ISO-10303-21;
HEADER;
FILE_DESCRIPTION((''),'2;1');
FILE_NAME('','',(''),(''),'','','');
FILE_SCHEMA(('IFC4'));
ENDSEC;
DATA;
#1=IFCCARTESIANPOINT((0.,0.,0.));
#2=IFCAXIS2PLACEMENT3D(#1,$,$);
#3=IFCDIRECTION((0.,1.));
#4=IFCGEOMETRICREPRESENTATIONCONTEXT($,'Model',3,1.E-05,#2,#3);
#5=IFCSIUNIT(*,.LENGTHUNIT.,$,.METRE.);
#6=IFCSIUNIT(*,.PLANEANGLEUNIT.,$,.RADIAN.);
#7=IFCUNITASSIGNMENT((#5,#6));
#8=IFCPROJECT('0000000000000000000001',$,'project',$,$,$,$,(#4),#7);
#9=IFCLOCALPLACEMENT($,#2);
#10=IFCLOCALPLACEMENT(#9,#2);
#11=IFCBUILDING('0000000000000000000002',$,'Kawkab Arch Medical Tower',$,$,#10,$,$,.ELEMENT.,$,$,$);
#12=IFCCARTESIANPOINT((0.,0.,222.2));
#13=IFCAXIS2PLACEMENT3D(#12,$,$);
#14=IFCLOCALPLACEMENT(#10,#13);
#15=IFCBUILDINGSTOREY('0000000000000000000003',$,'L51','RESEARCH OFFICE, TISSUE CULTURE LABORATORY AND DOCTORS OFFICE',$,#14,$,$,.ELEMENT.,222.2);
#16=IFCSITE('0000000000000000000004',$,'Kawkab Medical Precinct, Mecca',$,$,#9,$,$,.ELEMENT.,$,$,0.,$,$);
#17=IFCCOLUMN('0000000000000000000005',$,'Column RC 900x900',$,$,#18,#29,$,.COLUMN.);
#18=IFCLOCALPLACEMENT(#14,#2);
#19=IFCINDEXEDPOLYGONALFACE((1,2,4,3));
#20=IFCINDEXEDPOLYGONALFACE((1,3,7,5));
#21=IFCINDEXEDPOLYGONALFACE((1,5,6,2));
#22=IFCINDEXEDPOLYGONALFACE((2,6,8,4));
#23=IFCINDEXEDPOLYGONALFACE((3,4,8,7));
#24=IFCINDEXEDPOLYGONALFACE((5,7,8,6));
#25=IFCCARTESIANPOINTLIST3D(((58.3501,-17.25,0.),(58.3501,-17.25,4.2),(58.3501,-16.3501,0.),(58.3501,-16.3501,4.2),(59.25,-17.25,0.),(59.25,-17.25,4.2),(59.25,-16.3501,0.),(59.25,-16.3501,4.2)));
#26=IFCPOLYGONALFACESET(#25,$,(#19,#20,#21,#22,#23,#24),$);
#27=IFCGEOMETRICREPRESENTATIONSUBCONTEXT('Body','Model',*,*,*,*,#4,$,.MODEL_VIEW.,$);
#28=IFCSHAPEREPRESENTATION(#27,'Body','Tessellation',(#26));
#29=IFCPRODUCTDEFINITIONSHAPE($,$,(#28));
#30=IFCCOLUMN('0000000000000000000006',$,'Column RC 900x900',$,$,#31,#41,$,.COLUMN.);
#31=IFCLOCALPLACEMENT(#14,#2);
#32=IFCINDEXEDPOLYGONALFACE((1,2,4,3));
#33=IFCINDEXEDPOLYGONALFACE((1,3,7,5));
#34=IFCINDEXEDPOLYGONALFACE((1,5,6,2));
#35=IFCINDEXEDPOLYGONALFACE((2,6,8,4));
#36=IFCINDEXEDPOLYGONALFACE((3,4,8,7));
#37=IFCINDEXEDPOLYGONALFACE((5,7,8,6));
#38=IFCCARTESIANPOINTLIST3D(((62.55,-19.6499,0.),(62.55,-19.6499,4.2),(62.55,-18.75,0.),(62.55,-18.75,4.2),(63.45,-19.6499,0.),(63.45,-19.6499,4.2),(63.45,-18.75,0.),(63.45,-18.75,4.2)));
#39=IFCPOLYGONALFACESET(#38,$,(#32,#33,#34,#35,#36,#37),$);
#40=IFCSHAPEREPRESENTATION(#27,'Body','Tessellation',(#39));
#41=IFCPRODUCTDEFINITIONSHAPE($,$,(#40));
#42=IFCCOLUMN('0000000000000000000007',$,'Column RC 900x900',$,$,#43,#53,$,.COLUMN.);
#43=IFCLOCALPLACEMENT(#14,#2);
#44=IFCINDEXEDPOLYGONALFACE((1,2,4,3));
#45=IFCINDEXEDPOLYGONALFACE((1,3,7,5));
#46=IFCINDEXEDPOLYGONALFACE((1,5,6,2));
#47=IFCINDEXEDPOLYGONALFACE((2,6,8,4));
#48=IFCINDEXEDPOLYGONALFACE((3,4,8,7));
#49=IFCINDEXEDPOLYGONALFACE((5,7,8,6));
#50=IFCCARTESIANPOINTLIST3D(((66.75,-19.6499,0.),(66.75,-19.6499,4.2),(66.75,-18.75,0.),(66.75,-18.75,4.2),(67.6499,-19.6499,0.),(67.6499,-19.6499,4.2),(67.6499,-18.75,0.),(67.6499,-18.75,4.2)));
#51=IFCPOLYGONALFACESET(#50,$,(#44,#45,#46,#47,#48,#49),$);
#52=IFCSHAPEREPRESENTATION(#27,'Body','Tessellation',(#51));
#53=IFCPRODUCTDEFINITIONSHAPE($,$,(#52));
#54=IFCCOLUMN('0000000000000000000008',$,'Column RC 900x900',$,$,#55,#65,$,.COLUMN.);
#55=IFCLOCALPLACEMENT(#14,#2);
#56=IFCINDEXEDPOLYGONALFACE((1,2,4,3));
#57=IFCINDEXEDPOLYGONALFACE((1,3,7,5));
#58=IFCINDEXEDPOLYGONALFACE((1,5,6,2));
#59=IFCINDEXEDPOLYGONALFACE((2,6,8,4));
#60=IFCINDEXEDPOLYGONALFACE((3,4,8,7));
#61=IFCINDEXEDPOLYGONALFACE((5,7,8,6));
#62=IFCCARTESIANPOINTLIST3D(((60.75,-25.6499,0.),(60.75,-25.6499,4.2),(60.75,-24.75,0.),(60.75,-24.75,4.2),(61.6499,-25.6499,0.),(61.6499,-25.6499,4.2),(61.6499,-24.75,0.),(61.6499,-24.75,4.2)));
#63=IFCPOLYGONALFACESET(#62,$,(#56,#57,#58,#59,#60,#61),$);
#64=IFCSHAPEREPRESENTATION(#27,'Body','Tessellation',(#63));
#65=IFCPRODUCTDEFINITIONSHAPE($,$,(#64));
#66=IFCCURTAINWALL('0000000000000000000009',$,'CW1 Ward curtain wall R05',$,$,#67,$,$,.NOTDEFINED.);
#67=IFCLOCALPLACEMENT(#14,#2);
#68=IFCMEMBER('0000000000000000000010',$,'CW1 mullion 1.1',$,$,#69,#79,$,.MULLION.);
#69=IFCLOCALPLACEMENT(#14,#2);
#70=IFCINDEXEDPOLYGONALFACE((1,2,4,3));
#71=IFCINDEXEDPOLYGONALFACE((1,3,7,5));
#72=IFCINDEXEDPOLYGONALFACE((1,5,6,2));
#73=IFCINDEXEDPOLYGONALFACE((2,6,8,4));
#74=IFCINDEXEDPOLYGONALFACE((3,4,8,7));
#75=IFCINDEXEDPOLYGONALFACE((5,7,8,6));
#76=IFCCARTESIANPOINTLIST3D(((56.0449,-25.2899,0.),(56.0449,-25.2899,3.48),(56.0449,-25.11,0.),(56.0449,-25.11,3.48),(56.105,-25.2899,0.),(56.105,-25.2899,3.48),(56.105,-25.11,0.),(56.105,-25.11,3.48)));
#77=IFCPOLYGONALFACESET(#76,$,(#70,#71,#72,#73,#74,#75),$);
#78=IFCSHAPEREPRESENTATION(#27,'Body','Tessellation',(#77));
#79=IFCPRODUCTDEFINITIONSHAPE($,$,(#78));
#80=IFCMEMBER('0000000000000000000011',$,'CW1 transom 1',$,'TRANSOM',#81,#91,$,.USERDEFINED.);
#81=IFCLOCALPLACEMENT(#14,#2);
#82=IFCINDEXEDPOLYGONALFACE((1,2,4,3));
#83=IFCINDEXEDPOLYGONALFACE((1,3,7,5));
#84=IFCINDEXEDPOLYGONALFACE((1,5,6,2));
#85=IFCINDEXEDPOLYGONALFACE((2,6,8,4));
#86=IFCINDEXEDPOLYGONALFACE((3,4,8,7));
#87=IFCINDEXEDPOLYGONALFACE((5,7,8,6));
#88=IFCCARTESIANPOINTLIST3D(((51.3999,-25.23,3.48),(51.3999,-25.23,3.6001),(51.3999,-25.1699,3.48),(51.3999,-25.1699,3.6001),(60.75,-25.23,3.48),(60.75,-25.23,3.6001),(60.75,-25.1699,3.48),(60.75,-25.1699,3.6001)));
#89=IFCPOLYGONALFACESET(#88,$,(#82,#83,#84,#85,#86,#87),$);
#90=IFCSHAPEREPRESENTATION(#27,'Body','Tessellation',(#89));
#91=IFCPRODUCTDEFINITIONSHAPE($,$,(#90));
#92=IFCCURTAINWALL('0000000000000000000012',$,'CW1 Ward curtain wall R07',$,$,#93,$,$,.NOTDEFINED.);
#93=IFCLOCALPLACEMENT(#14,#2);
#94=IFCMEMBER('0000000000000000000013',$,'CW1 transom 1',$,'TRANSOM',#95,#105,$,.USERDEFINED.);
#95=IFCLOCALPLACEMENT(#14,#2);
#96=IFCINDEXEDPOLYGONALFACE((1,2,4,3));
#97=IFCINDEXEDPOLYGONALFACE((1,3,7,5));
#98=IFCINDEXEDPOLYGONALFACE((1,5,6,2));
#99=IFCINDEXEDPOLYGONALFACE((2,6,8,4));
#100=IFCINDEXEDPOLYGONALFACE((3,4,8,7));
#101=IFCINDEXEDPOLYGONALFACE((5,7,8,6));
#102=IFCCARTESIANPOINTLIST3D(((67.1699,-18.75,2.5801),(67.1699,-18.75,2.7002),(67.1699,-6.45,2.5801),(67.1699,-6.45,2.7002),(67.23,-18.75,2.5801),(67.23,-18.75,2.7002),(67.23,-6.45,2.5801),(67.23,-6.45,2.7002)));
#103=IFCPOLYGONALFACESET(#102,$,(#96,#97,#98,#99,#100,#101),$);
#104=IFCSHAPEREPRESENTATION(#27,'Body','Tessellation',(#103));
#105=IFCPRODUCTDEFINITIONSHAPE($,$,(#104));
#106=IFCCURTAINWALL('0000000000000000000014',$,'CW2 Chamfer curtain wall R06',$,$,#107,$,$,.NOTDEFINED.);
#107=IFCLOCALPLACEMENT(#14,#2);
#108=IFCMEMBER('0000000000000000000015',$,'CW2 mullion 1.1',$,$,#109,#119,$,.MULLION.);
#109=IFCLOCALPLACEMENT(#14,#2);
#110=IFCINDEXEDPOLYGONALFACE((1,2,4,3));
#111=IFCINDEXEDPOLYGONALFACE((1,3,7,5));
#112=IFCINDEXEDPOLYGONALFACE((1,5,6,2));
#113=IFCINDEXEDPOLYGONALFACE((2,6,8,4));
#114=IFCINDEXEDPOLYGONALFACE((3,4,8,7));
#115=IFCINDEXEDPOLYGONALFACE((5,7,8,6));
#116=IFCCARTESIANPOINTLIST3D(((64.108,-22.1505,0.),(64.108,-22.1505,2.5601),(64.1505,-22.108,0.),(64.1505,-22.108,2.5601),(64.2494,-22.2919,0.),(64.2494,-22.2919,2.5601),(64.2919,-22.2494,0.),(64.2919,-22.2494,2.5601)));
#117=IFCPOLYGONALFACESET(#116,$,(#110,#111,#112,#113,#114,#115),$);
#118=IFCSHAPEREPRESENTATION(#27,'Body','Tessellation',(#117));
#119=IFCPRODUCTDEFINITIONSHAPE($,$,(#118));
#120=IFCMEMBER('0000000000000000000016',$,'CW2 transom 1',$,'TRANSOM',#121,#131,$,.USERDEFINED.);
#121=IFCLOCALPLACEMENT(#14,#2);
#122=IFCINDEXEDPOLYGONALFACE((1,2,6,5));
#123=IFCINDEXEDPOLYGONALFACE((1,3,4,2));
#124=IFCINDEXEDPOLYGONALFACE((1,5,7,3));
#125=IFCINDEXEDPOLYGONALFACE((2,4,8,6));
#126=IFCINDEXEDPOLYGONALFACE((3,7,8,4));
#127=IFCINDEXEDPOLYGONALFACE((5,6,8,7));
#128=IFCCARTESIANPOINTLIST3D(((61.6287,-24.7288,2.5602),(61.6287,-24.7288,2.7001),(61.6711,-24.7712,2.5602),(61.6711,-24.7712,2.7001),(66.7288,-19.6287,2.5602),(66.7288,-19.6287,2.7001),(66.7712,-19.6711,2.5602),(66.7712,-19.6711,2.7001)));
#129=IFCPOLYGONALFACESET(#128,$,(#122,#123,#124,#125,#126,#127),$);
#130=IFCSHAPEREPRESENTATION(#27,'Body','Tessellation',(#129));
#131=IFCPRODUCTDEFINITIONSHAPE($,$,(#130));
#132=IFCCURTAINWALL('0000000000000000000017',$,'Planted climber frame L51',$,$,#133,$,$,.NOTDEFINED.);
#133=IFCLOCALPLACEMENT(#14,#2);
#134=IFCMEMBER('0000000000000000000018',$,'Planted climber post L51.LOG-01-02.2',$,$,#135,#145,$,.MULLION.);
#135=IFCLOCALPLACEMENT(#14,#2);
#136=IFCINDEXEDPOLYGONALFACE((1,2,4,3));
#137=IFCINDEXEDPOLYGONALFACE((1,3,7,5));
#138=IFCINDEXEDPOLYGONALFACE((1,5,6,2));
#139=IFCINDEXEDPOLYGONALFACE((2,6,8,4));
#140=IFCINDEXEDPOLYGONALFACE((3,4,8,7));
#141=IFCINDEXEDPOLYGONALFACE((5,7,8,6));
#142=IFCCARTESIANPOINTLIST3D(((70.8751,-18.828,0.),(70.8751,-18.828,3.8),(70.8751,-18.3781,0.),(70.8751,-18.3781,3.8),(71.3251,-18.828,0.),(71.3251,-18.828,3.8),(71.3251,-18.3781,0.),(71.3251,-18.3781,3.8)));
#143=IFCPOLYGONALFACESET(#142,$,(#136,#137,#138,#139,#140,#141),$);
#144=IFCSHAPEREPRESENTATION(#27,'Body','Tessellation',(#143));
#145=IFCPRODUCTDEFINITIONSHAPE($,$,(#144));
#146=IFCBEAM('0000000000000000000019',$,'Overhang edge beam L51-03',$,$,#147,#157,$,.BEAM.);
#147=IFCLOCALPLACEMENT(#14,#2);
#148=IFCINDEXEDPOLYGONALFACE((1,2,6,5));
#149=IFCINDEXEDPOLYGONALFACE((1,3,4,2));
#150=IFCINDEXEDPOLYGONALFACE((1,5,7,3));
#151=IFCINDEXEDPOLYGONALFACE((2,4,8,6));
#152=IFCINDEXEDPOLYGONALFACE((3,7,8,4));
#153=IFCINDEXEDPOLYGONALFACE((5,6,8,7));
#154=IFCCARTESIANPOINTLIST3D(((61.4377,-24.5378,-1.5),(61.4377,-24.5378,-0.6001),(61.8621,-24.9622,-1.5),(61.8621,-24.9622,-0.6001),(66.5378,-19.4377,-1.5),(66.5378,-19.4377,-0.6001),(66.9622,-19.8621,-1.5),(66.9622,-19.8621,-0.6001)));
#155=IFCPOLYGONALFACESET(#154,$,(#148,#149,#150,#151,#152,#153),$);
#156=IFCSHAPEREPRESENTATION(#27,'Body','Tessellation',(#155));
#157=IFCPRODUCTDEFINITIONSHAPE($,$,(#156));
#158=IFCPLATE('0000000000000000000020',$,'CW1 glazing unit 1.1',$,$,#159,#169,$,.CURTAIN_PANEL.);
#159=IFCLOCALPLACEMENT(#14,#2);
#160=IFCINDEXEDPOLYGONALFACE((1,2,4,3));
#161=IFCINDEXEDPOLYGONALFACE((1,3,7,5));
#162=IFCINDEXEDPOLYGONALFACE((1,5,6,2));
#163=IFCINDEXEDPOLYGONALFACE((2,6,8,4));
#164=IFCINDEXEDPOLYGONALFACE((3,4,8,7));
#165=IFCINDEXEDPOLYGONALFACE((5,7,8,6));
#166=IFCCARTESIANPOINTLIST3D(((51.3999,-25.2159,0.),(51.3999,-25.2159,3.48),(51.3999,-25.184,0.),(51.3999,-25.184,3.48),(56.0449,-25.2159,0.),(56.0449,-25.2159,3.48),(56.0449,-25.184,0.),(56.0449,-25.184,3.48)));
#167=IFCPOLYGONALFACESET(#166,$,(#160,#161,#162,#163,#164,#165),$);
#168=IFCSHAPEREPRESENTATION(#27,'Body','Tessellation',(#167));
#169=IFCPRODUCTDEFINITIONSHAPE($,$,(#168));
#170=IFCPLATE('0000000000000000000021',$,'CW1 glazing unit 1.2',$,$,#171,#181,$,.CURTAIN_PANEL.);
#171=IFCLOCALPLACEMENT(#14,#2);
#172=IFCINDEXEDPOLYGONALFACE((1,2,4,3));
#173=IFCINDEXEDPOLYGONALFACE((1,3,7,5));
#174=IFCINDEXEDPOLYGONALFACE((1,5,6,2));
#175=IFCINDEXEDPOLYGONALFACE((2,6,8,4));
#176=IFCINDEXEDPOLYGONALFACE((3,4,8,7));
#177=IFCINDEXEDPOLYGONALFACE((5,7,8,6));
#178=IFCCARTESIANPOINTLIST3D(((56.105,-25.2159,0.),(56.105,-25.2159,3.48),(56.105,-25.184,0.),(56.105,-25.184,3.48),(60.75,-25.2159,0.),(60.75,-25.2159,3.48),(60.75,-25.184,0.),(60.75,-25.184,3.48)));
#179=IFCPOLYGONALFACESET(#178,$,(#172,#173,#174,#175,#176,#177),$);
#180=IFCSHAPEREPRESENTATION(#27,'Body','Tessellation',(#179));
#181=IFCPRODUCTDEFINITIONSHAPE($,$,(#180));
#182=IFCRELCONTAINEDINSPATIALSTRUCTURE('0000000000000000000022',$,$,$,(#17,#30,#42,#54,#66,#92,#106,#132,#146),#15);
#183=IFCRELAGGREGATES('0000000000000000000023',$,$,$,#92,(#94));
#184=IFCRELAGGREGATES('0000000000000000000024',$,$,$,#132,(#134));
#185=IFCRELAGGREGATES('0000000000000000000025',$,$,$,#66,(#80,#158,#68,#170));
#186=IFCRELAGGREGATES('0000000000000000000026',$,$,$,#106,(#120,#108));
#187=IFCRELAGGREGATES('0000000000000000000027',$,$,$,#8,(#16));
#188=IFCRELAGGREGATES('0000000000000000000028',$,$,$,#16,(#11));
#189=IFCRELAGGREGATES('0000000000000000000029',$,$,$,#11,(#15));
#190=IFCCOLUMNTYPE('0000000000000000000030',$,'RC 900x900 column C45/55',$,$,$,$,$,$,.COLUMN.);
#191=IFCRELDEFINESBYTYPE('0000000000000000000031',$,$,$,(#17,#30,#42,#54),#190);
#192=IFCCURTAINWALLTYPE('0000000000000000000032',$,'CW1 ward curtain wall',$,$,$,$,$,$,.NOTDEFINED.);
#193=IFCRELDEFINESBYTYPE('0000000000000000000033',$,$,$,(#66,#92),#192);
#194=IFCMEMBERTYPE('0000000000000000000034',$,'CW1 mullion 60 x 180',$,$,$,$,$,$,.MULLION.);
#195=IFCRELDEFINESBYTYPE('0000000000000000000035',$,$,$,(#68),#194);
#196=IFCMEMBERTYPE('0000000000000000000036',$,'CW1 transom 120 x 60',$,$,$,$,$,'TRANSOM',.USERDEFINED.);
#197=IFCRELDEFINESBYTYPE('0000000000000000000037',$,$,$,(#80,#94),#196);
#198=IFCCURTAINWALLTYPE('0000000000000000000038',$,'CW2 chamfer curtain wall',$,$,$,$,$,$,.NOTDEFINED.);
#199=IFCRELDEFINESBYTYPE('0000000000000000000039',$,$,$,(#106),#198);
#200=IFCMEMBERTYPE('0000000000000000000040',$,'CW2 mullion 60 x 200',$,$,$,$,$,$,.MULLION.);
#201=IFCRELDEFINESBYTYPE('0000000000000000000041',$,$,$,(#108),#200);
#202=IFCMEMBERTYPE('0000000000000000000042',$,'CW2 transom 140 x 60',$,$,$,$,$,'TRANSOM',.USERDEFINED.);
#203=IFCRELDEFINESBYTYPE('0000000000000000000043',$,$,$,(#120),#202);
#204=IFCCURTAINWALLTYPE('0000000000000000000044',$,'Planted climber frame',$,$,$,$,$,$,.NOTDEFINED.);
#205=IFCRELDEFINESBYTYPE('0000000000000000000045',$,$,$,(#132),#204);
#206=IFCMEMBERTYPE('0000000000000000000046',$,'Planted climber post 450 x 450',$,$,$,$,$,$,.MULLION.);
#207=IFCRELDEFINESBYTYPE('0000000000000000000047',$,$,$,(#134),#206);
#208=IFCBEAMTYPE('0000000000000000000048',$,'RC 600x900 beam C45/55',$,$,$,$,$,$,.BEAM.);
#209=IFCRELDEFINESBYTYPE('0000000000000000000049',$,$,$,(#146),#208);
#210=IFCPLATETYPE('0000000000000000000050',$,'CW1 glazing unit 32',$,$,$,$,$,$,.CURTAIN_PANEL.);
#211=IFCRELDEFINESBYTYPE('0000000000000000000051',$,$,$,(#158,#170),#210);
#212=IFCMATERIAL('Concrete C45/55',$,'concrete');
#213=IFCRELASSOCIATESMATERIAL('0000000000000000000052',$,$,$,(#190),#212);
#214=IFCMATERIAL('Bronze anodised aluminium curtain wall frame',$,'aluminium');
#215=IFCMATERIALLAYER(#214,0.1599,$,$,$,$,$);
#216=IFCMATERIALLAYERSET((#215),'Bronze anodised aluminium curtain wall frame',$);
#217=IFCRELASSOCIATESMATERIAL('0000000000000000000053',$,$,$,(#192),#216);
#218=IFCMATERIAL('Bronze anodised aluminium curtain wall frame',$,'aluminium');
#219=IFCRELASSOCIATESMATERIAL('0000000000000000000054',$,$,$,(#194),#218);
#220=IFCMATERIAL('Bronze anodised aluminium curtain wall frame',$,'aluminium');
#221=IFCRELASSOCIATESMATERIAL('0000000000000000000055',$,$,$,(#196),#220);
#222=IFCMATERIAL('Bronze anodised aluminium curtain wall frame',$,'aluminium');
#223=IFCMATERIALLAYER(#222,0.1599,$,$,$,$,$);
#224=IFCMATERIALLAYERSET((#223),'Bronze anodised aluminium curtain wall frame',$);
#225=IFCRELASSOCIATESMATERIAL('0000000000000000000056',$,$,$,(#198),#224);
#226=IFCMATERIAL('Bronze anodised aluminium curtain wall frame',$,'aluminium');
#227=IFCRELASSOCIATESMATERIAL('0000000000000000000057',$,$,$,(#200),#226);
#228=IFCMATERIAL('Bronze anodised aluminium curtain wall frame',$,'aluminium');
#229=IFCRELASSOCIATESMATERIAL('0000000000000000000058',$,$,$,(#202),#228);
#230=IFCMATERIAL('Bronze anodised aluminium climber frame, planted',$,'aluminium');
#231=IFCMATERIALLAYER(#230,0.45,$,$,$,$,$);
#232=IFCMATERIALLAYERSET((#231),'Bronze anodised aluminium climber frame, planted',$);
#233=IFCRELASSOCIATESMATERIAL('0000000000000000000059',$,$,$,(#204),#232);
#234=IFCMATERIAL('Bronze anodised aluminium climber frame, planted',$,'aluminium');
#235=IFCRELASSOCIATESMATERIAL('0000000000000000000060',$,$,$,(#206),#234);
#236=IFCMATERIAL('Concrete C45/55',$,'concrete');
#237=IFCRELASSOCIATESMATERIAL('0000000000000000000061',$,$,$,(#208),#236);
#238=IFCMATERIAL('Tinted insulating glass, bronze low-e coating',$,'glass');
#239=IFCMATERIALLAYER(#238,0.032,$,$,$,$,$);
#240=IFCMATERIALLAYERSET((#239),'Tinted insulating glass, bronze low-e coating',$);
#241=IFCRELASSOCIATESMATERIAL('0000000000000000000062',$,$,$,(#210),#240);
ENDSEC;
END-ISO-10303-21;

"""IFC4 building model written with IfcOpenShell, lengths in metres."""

from ifc_helpers import new_model, si_unit, direction, frame, origin, origin_2d, place, context, subcontext, project, spatial, rectangle, extrude, material, layer, layer_set, material_profile, profile_set, type_object, element, aggregate, save


model = new_model("IFC4")

# Units and contexts
model_context = context("Model", 3, precision=1e-05, world=origin(), true_north=direction((0.0, 1.0)))
body_context = subcontext(model_context, "Body", "Model", "MODEL_VIEW")
ifc_project = project(units=[si_unit("LENGTHUNIT", "METRE"), si_unit("PLANEANGLEUNIT", "RADIAN")], contexts=[model_context])

# Site, building, storey
site_placement = place(None, origin())
site = spatial("IfcSite", under=ifc_project, at=site_placement, Name="Kawkab Medical Precinct, Mecca", CompositionType="ELEMENT", RefElevation=0.0)
building_placement = place(site_placement, origin())
building = spatial("IfcBuilding", under=site, at=building_placement, Name="Kawkab Arch Medical Tower", CompositionType="ELEMENT")
storey_placement = place(building_placement, frame((0.0, 0.0, 222.2)))
storey = spatial("IfcBuildingStorey", under=building, at=storey_placement, Name="L51", Description="RESEARCH OFFICE, TISSUE CULTURE LABORATORY AND DOCTORS OFFICE", CompositionType="ELEMENT", Elevation=222.2)

# Columns
ifc_material_1 = material(Name="Concrete C45/55", Category="concrete")
ifc_material_profile_1 = material_profile(ifc_material_1, rectangle(XDim=0.8999, YDim=0.8999, at=origin_2d()), Name="RC 900x900")
ifc_profile_set_1 = profile_set([ifc_material_profile_1], Name="Concrete C45/55")
column_type = type_object("IfcColumnType", Name="RC 900x900 column C45/55", PredefinedType="COLUMN", material=ifc_profile_set_1)
for number, where, z_axis, x_axis, name in (
    (1, (58.8, -16.8, 0.0), (0.0, 0.0, 1.0), (1.0, 0.0, 0.0), "Column RC 900x900"),
    (2, (63.0, -19.2, 0.0), (0.0, 0.0, 1.0), (1.0, 0.0, 0.0), "Column RC 900x900"),
    (3, (67.2, -19.2, 0.0), (0.0, 0.0, 1.0), (1.0, 0.0, 0.0), "Column RC 900x900"),
    (4, (61.2, -25.2, 0.0), (0.0, 0.0, 1.0), (1.0, 0.0, 0.0), "Column RC 900x900"),
):
    element("IfcColumn", number, at=place(storey_placement, frame(where, z_axis=z_axis, x_axis=x_axis)), inside=storey, type_object=column_type, Name=name, PredefinedType="COLUMN", context=body_context, shape_type="SweptSolid", body=[
        extrude(rectangle(XDim=0.8999, YDim=0.8999, at=origin_2d()), origin(), (0.0, 0.0, 1.0), 4.2),
    ])

# Curtain wall, members
ifc_material_2 = material(Name="Bronze anodised aluminium curtain wall frame", Category="aluminium")
ifc_layer_1 = layer(ifc_material_2, 0.1599)
ifc_layer_set_1 = layer_set([ifc_layer_1], Name="Bronze anodised aluminium curtain wall frame")
curtain_wall_type_1 = type_object("IfcCurtainWallType", Name="CW1 ward curtain wall", PredefinedType="NOTDEFINED", material=ifc_layer_set_1)
placement = place(storey_placement, origin())
curtain_wall_1 = element("IfcCurtainWall", 5, at=placement, inside=storey, type_object=curtain_wall_type_1, Name="CW1 Ward curtain wall R05", PredefinedType="NOTDEFINED")
ifc_material_3 = material(Name="Bronze anodised aluminium curtain wall frame", Category="aluminium")
ifc_material_profile_2 = material_profile(ifc_material_3, rectangle(XDim=0.1799, YDim=0.0601, at=origin_2d()), Name="AL 60x180")
ifc_profile_set_2 = profile_set([ifc_material_profile_2], Name="Bronze anodised aluminium curtain wall frame")
member_type_1 = type_object("IfcMemberType", Name="CW1 mullion 60 x 180", PredefinedType="MULLION", material=ifc_profile_set_2)
member_1_placement = place(storey_placement, frame((56.075, -25.2, 0.0), z_axis=(0.0, 0.0, 1.0), x_axis=(0.0, 1.0, 0.0)))
member_1 = element("IfcMember", 6, at=member_1_placement, type_object=member_type_1, Name="CW1 mullion 1.1", PredefinedType="MULLION", context=body_context, shape_type="SweptSolid", body=[
    extrude(rectangle(XDim=0.1799, YDim=0.0601, at=origin_2d()), origin(), (0.0, 0.0, 1.0), 3.48),
])
ifc_material_4 = material(Name="Bronze anodised aluminium curtain wall frame", Category="aluminium")
ifc_material_profile_3 = material_profile(ifc_material_4, rectangle(XDim=0.0601, YDim=0.1201, at=origin_2d()), Name="AL 60x120")
ifc_profile_set_3 = profile_set([ifc_material_profile_3], Name="Bronze anodised aluminium curtain wall frame")
member_type_2 = type_object("IfcMemberType", Name="CW1 transom 120 x 60", ElementType="TRANSOM", PredefinedType="USERDEFINED", material=ifc_profile_set_3)
member_2_placement = place(storey_placement, frame((51.3999, -25.2, 3.54), z_axis=(1.0, 0.0, 0.0), x_axis=(0.0, 1.0, 0.0)))
member_2 = element("IfcMember", 7, at=member_2_placement, type_object=member_type_2, Name="CW1 transom 1", ObjectType="TRANSOM", PredefinedType="USERDEFINED", context=body_context, shape_type="SweptSolid", body=[
    extrude(rectangle(XDim=0.0601, YDim=0.1201, at=origin_2d()), origin(), (0.0, 0.0, 1.0), 9.3501),
])

# Curtain wall, member
curtain_wall_2 = element("IfcCurtainWall", 8, at=placement, inside=storey, type_object=curtain_wall_type_1, Name="CW1 Ward curtain wall R07", PredefinedType="NOTDEFINED")
member_3_placement = place(storey_placement, frame((67.2, -18.75, 2.6401), z_axis=(0.0, 1.0, 0.0), x_axis=(-1.0, 0.0, 0.0)))
member_3 = element("IfcMember", 9, at=member_3_placement, type_object=member_type_2, Name="CW1 transom 1", ObjectType="TRANSOM", PredefinedType="USERDEFINED", context=body_context, shape_type="SweptSolid", body=[
    extrude(rectangle(XDim=0.0601, YDim=0.1201, at=origin_2d()), origin(), (0.0, 0.0, 1.0), 12.3),
])
aggregate(curtain_wall_2, [member_3])

# Curtain wall, members
ifc_material_5 = material(Name="Bronze anodised aluminium curtain wall frame", Category="aluminium")
ifc_layer_2 = layer(ifc_material_5, 0.1599)
ifc_layer_set_2 = layer_set([ifc_layer_2], Name="Bronze anodised aluminium curtain wall frame")
curtain_wall_type_2 = type_object("IfcCurtainWallType", Name="CW2 chamfer curtain wall", PredefinedType="NOTDEFINED", material=ifc_layer_set_2)
curtain_wall_3 = element("IfcCurtainWall", 10, at=placement, inside=storey, type_object=curtain_wall_type_2, Name="CW2 Chamfer curtain wall R06", PredefinedType="NOTDEFINED")
ifc_material_6 = material(Name="Bronze anodised aluminium curtain wall frame", Category="aluminium")
ifc_material_profile_4 = material_profile(ifc_material_6, rectangle(XDim=0.2, YDim=0.0601, at=origin_2d()), Name="AL 60x200")
ifc_profile_set_4 = profile_set([ifc_material_profile_4], Name="Bronze anodised aluminium curtain wall frame")
member_type_3 = type_object("IfcMemberType", Name="CW2 mullion 60 x 200", PredefinedType="MULLION", material=ifc_profile_set_4)
member_4_placement = place(storey_placement, frame((64.2, -22.2, 0.0), z_axis=(0.0, 0.0, 1.0), x_axis=(-0.707107, 0.707107, 0.0)))
member_4 = element("IfcMember", 11, at=member_4_placement, type_object=member_type_3, Name="CW2 mullion 1.1", PredefinedType="MULLION", context=body_context, shape_type="SweptSolid", body=[
    extrude(rectangle(XDim=0.2, YDim=0.0601, at=origin_2d()), origin(), (0.0, 0.0, 1.0), 2.5601),
])
ifc_material_7 = material(Name="Bronze anodised aluminium curtain wall frame", Category="aluminium")
ifc_material_profile_5 = material_profile(ifc_material_7, rectangle(XDim=0.0601, YDim=0.1399, at=origin_2d()), Name="AL 60x140")
ifc_profile_set_5 = profile_set([ifc_material_profile_5], Name="Bronze anodised aluminium curtain wall frame")
member_type_4 = type_object("IfcMemberType", Name="CW2 transom 140 x 60", ElementType="TRANSOM", PredefinedType="USERDEFINED", material=ifc_profile_set_5)
member_5_placement = place(storey_placement, frame((61.6499, -24.75, 2.6301), z_axis=(0.707107, 0.707107, 0.0), x_axis=(-0.707107, 0.707107, 0.0)))
member_5 = element("IfcMember", 12, at=member_5_placement, type_object=member_type_4, Name="CW2 transom 1", ObjectType="TRANSOM", PredefinedType="USERDEFINED", context=body_context, shape_type="SweptSolid", body=[
    extrude(rectangle(XDim=0.0601, YDim=0.1399, at=origin_2d()), origin(), (0.0, 0.0, 1.0), 7.2126),
])

# Curtain wall, member
ifc_material_8 = material(Name="Bronze anodised aluminium climber frame, planted", Category="aluminium")
ifc_layer_3 = layer(ifc_material_8, 0.45)
ifc_layer_set_3 = layer_set([ifc_layer_3], Name="Bronze anodised aluminium climber frame, planted")
curtain_wall_type_3 = type_object("IfcCurtainWallType", Name="Planted climber frame", PredefinedType="NOTDEFINED", material=ifc_layer_set_3)
curtain_wall_4 = element("IfcCurtainWall", 13, at=placement, inside=storey, type_object=curtain_wall_type_3, Name="Planted climber frame L51", PredefinedType="NOTDEFINED")
ifc_material_9 = material(Name="Bronze anodised aluminium climber frame, planted", Category="aluminium")
ifc_material_profile_6 = material_profile(ifc_material_9, rectangle(XDim=0.45, YDim=0.45, at=origin_2d()), Name="Post 450x450")
ifc_profile_set_6 = profile_set([ifc_material_profile_6], Name="Bronze anodised aluminium climber frame, planted")
member_type_5 = type_object("IfcMemberType", Name="Planted climber post 450 x 450", PredefinedType="MULLION", material=ifc_profile_set_6)
member_6_placement = place(storey_placement, frame((71.1001, -18.603, 0.0), z_axis=(0.0, 0.0, 1.0), x_axis=(1.0, 0.0, 0.0)))
member_6 = element("IfcMember", 14, at=member_6_placement, type_object=member_type_5, Name="Planted climber post L51.LOG-01-02.2", PredefinedType="MULLION", context=body_context, shape_type="SweptSolid", body=[
    extrude(rectangle(XDim=0.45, YDim=0.45, at=origin_2d()), origin(), (0.0, 0.0, 1.0), 3.8),
])
aggregate(curtain_wall_4, [member_6])

# Beam
ifc_material_10 = material(Name="Concrete C45/55", Category="concrete")
ifc_material_profile_7 = material_profile(ifc_material_10, rectangle(XDim=0.6001, YDim=0.8999, at=origin_2d()), Name="RC 600x900")
ifc_profile_set_7 = profile_set([ifc_material_profile_7], Name="Concrete C45/55")
beam_type = type_object("IfcBeamType", Name="RC 600x900 beam C45/55", PredefinedType="BEAM", material=ifc_profile_set_7)
beam_placement = place(storey_placement, frame((66.75, -19.6499, -1.05), z_axis=(-0.707107, -0.707107, 0.0), x_axis=(0.707107, -0.707107, 0.0)))
element("IfcBeam", 15, at=beam_placement, inside=storey, type_object=beam_type, Name="Overhang edge beam L51-03", PredefinedType="BEAM", context=body_context, shape_type="SweptSolid", body=[
    extrude(rectangle(XDim=0.6001, YDim=0.8999, at=origin_2d()), origin(), (0.0, 0.0, 1.0), 7.2126),
])

# Plates
ifc_material_11 = material(Name="Tinted insulating glass, bronze low-e coating", Category="glass")
ifc_layer_4 = layer(ifc_material_11, 0.032)
ifc_layer_set_4 = layer_set([ifc_layer_4], Name="Tinted insulating glass, bronze low-e coating")
plate_type_1 = type_object("IfcPlateType", Name="CW1 glazing unit 32", PredefinedType="CURTAIN_PANEL", material=ifc_layer_set_4)
plate_1_placement = place(storey_placement, frame((53.7224, -25.2, 0.0), z_axis=(0.0, 0.0, 1.0), x_axis=(1.0, 0.0, 0.0)))
plate_1 = element("IfcPlate", 16, at=plate_1_placement, type_object=plate_type_1, Name="CW1 glazing unit 1.1", PredefinedType="CURTAIN_PANEL", context=body_context, shape_type="SweptSolid", body=[
    extrude(rectangle(XDim=4.645, YDim=0.032, at=origin_2d()), origin(), (0.0, 0.0, 1.0), 3.48),
])
plate_2_placement = place(storey_placement, frame((58.4275, -25.2, 0.0), z_axis=(0.0, 0.0, 1.0), x_axis=(1.0, 0.0, 0.0)))
plate_2 = element("IfcPlate", 17, at=plate_2_placement, type_object=plate_type_1, Name="CW1 glazing unit 1.2", PredefinedType="CURTAIN_PANEL", context=body_context, shape_type="SweptSolid", body=[
    extrude(rectangle(XDim=4.645, YDim=0.032, at=origin_2d()), origin(), (0.0, 0.0, 1.0), 3.48),
])
aggregate(curtain_wall_1, [member_2, plate_1, member_1, plate_2])
aggregate(curtain_wall_3, [member_5, member_4])

save(model, "model.ifc")
